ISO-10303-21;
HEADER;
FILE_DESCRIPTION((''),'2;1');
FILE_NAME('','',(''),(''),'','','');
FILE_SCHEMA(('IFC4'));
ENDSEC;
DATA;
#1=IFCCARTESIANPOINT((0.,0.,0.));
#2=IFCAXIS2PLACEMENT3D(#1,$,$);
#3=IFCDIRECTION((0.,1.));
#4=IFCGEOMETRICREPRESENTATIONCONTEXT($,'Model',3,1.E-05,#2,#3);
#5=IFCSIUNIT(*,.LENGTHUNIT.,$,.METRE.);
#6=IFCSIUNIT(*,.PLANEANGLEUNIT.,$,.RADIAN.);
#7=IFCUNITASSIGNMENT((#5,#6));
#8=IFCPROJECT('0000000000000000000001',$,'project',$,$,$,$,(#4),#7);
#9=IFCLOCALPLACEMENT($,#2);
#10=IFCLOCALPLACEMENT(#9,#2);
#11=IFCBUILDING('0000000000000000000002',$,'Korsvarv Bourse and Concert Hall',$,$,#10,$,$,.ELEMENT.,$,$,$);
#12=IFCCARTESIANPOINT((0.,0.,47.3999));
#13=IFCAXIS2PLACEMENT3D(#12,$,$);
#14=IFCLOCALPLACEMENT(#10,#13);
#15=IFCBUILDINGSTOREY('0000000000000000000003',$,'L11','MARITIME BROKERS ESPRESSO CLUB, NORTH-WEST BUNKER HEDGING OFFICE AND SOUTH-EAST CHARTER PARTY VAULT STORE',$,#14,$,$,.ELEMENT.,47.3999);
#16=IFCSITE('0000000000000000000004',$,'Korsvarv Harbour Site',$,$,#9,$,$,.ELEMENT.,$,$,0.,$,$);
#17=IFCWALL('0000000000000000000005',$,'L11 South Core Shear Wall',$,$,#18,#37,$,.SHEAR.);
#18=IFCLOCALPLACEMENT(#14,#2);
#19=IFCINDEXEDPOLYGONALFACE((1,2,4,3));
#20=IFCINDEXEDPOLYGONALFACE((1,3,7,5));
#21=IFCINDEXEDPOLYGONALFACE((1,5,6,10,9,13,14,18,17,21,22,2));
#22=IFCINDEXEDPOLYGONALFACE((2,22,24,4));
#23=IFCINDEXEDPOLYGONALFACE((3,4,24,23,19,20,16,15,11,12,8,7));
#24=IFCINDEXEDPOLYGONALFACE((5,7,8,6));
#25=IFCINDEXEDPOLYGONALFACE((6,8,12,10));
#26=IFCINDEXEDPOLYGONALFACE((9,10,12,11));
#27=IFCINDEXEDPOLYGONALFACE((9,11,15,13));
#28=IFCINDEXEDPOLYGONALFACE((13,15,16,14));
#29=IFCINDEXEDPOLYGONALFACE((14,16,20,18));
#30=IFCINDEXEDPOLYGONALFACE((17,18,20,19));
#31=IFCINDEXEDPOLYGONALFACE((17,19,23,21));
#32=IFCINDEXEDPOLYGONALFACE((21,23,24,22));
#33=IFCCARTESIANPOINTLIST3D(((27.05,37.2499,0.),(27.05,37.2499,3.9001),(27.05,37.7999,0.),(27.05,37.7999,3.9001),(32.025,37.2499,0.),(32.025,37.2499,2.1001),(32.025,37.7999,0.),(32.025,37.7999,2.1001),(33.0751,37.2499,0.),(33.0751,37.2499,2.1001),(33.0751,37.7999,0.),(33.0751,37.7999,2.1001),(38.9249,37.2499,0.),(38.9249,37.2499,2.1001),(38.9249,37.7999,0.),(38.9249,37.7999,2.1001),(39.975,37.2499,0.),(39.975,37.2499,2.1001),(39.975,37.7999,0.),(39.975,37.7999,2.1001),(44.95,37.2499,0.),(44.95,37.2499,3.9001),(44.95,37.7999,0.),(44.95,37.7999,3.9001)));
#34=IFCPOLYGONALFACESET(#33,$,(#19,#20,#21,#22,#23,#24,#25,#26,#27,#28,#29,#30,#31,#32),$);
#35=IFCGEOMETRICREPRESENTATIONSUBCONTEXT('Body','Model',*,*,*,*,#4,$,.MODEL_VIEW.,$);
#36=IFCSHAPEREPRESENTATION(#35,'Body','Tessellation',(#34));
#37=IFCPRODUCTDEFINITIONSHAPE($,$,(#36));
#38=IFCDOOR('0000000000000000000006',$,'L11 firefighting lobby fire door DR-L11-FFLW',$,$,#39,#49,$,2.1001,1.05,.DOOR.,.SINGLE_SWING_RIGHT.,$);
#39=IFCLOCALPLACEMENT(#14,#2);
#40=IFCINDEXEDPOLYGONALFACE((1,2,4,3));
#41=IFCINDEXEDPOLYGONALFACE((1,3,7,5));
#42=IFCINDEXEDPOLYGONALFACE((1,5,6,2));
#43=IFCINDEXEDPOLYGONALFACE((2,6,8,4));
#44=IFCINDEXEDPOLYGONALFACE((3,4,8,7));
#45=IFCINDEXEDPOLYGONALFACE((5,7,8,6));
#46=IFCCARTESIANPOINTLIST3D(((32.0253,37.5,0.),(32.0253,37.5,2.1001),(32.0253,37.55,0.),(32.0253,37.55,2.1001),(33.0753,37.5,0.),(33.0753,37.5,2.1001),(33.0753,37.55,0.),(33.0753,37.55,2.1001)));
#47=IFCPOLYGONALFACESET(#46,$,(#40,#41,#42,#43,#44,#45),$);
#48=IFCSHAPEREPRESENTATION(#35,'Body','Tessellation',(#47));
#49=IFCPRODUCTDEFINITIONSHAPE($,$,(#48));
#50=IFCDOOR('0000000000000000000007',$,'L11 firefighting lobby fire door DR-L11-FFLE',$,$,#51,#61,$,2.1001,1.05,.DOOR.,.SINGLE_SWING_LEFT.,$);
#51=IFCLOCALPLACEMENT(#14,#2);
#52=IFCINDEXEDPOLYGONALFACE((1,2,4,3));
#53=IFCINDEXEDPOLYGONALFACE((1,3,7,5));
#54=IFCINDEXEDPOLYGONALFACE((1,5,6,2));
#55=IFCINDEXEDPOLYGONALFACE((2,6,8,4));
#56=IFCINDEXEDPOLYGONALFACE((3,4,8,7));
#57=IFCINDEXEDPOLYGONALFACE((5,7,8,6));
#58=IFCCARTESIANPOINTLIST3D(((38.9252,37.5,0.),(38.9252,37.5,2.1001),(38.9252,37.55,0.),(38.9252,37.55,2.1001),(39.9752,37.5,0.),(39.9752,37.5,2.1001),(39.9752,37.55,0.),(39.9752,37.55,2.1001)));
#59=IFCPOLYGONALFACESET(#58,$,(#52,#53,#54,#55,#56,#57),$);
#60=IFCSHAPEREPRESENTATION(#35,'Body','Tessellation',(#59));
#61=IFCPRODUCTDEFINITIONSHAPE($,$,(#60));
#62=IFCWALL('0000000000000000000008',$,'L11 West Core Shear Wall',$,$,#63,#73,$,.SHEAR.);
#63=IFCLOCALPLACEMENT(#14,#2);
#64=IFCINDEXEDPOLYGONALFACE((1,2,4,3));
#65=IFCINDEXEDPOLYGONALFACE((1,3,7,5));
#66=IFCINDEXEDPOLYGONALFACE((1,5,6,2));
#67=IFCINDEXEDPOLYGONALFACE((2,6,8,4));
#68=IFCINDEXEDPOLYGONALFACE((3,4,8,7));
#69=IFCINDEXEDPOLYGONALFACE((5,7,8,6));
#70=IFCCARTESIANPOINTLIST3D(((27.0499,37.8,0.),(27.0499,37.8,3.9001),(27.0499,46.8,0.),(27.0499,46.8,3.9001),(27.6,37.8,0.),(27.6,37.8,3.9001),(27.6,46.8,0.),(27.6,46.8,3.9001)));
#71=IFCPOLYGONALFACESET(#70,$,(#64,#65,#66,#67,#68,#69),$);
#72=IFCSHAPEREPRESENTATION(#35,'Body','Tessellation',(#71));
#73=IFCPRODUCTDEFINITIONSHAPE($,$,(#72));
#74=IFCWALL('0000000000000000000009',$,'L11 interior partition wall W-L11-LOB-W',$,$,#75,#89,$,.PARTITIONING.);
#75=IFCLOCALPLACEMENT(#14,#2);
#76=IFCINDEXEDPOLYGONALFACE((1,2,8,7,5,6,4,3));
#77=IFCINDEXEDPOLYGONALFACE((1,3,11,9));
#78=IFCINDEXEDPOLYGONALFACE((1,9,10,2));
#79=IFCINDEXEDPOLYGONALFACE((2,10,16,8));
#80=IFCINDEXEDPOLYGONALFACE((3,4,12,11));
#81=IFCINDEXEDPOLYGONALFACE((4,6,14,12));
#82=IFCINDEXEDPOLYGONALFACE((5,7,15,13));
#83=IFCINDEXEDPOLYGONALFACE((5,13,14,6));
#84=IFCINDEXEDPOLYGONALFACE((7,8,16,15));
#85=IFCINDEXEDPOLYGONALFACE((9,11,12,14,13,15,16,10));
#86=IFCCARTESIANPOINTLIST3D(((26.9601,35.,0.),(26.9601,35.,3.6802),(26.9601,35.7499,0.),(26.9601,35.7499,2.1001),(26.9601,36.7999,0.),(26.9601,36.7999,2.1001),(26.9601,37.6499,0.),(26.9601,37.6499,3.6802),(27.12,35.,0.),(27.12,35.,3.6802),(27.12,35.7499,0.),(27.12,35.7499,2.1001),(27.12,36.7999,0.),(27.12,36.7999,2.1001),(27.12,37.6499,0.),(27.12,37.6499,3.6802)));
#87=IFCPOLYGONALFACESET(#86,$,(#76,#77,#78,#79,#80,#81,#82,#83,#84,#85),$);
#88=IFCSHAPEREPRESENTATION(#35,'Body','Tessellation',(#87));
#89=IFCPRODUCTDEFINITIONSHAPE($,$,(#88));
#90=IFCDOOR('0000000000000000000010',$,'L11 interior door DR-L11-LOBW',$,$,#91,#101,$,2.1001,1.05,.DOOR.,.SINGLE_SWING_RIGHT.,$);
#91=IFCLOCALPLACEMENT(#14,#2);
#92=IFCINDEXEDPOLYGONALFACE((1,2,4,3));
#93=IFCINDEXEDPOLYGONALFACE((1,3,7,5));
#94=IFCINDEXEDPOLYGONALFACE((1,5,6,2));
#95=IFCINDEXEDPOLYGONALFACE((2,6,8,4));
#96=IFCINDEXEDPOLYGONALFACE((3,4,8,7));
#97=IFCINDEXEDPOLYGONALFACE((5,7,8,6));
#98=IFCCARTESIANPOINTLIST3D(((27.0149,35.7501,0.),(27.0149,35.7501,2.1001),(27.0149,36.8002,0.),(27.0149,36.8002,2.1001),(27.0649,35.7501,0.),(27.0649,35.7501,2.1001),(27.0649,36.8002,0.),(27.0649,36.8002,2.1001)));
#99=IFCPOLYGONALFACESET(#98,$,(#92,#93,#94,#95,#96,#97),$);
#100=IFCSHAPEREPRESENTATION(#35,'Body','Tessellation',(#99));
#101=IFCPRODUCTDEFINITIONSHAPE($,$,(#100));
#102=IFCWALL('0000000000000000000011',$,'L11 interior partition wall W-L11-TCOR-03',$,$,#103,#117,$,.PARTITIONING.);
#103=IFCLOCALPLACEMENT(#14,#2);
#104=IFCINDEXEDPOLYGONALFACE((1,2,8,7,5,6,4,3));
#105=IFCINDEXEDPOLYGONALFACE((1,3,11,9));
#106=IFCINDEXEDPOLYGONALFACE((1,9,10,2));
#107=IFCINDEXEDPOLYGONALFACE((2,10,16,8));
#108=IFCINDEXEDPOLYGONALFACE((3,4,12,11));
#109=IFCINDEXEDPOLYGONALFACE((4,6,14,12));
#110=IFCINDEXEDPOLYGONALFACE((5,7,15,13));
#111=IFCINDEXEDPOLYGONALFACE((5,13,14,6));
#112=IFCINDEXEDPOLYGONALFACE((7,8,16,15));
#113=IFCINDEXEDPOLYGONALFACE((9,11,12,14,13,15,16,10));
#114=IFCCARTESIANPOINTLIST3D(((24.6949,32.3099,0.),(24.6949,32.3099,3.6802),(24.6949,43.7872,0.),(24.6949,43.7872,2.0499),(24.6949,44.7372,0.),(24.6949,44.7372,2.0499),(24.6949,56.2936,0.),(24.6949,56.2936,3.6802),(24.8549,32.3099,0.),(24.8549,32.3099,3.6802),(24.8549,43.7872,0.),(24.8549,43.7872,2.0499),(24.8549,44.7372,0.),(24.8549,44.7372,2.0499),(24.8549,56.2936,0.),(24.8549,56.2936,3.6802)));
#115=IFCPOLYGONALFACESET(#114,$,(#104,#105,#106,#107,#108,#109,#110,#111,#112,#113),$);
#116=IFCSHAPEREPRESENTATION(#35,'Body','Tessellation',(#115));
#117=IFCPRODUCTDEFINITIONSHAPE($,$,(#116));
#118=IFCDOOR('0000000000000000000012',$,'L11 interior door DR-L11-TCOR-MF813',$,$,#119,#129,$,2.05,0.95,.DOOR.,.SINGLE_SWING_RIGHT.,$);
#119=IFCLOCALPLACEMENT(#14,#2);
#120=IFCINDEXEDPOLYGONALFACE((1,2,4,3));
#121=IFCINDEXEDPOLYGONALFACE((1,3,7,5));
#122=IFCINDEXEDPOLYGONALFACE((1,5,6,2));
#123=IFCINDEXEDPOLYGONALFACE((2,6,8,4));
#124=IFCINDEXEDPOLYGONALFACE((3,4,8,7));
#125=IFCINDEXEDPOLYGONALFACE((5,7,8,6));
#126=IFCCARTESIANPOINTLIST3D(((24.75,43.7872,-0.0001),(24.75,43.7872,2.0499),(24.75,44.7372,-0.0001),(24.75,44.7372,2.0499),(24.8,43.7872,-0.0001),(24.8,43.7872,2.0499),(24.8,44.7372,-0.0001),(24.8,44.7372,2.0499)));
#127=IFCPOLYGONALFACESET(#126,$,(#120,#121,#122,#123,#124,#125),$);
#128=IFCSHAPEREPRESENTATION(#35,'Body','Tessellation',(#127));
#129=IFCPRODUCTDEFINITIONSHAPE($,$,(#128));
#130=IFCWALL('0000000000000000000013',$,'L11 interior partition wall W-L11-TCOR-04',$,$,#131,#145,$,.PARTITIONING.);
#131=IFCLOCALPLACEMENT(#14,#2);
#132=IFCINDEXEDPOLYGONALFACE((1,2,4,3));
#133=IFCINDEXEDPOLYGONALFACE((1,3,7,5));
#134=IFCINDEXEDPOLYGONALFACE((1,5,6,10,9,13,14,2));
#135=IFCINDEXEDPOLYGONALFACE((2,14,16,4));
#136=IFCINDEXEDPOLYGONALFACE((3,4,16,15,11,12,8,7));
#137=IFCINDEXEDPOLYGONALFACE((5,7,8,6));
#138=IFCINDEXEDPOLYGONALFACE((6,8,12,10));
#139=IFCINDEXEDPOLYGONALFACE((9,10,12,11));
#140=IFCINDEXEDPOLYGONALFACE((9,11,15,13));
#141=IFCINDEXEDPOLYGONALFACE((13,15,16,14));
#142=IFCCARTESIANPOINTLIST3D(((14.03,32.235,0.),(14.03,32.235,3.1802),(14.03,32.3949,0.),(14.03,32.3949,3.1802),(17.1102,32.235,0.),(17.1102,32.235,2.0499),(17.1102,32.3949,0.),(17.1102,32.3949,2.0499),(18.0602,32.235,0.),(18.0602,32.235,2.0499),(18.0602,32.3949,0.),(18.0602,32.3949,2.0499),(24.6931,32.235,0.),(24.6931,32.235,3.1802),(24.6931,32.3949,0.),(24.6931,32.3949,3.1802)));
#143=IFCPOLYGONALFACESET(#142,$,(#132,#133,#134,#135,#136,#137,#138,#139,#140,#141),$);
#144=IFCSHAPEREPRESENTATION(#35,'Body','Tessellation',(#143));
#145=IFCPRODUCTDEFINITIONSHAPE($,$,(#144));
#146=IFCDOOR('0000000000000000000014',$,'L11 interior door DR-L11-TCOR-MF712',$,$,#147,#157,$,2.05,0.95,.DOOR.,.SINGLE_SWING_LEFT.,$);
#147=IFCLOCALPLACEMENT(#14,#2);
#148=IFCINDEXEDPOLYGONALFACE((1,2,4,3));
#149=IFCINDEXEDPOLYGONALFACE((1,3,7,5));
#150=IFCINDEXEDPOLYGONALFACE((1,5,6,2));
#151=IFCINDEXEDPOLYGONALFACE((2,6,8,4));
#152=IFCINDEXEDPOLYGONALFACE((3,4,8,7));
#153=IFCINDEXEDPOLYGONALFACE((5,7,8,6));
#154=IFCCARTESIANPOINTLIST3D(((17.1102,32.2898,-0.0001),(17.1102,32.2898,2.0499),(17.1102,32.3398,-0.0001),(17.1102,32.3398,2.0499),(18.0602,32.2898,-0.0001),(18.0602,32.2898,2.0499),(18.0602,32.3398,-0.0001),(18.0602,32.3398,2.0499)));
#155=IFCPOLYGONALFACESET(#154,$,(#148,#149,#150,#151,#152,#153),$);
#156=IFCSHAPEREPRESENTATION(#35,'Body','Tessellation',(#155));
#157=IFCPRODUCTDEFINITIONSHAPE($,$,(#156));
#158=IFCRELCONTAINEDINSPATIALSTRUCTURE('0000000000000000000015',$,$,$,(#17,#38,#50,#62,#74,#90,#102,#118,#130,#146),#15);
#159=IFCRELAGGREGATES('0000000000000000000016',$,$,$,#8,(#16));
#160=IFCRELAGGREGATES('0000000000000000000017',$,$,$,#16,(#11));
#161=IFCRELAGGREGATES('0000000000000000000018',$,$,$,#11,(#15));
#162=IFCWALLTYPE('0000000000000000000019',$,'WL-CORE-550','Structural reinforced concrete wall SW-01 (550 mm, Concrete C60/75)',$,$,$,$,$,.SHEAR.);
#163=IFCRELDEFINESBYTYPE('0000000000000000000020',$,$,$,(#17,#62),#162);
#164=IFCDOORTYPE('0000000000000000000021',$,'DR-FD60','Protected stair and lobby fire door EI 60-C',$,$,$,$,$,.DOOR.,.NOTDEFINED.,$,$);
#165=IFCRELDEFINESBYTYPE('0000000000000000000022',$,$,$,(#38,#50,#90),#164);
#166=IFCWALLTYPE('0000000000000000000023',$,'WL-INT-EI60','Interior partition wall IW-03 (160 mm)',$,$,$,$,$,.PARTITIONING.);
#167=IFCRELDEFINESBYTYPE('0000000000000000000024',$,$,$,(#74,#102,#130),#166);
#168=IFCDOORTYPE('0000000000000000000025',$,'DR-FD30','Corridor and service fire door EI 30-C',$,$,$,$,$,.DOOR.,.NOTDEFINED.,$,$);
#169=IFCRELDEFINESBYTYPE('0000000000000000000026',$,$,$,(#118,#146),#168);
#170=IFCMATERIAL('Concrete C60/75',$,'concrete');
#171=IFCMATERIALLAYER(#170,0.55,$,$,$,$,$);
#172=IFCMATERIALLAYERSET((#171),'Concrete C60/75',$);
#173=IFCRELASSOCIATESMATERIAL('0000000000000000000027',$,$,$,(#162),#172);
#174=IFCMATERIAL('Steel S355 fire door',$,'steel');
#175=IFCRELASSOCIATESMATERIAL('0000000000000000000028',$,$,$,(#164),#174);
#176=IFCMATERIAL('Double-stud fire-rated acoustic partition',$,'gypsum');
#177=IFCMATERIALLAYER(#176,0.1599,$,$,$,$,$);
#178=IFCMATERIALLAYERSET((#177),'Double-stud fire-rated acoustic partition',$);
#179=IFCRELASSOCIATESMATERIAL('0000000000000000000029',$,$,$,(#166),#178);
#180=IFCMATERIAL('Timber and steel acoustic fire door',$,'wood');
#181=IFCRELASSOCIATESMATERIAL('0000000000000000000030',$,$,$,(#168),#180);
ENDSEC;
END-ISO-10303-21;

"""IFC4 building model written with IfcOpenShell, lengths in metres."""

from ifc_helpers import new_model, si_unit, direction, frame, frame_2d, origin, place, context, subcontext, project, spatial, rectangle, extrude, material, layer, layer_set, type_object, element, fill, save


model = new_model("IFC4")

# Units and contexts
model_context = context("Model", 3, precision=1e-05, world=origin(), true_north=direction((0.0, 1.0)))
body_context = subcontext(model_context, "Body", "Model", "MODEL_VIEW")
ifc_project = project(units=[si_unit("LENGTHUNIT", "METRE"), si_unit("PLANEANGLEUNIT", "RADIAN")], contexts=[model_context])

# Site, building, storey
site_placement = place(None, origin())
site = spatial("IfcSite", under=ifc_project, at=site_placement, Name="Korsvarv Harbour Site", CompositionType="ELEMENT", RefElevation=0.0)
building_placement = place(site_placement, origin())
building = spatial("IfcBuilding", under=site, at=building_placement, Name="Korsvarv Bourse and Concert Hall", CompositionType="ELEMENT")
storey_placement = place(building_placement, frame((0.0, 0.0, 47.3999)))
storey = spatial("IfcBuildingStorey", under=building, at=storey_placement, Name="L11", Description="MARITIME BROKERS ESPRESSO CLUB, NORTH-WEST BUNKER HEDGING OFFICE AND SOUTH-EAST CHARTER PARTY VAULT STORE", CompositionType="ELEMENT", Elevation=47.3999)

# Shared definitions
ifc_material_1 = material(Name="Concrete C60/75", Category="concrete")

# Wall, openings, doors
ifc_layer_1 = layer(ifc_material_1, 0.55)
ifc_layer_set_1 = layer_set([ifc_layer_1], Name="Concrete C60/75")
wall_type_1 = type_object("IfcWallType", Name="WL-CORE-550", Description="Structural reinforced concrete wall SW-01 (550 mm, Concrete C60/75)", PredefinedType="SHEAR", material=ifc_layer_set_1)
wall_1_placement = place(storey_placement, frame((27.05, 37.5249, 0.0), z_axis=(0.0, 0.0, 1.0), x_axis=(1.0, 0.0, 0.0)))
wall_1 = element("IfcWall", 1, at=wall_1_placement, inside=storey, type_object=wall_type_1, Name="L11 South Core Shear Wall", PredefinedType="SHEAR", context=body_context, shape_type="SweptSolid", body=[
    extrude(rectangle(XDim=17.8999, YDim=0.55, at=frame_2d((8.95, 0.0))), origin(), (0.0, 0.0, 1.0), 3.9001),
])
opening_1_placement = place(wall_1_placement, frame((4.9751, 0.0, 0.0)))
opening_1 = element("IfcOpeningElement", 2, at=opening_1_placement, cuts=wall_1, PredefinedType="OPENING", context=body_context, shape_type="SweptSolid", body=[
    extrude(rectangle(XDim=1.05, YDim=2.1001, at=frame_2d((0.5249, 1.05))), frame((0.0, 0.2852, 0.0), z_axis=(0.0, -1.0, 0.0), x_axis=(1.0, 0.0, 0.0)), (0.0, 0.0, 1.0), 0.5701),
])
opening_2_placement = place(wall_1_placement, frame((11.875, 0.0, 0.0)))
opening_2 = element("IfcOpeningElement", 3, at=opening_2_placement, cuts=wall_1, PredefinedType="OPENING", context=body_context, shape_type="SweptSolid", body=[
    extrude(rectangle(XDim=1.05, YDim=2.1001, at=frame_2d((0.5249, 1.05))), frame((0.0, 0.2852, 0.0), z_axis=(0.0, -1.0, 0.0), x_axis=(1.0, 0.0, 0.0)), (0.0, 0.0, 1.0), 0.5701),
])
ifc_material_2 = material(Name="Steel S355 fire door", Category="steel")
door_type_1 = type_object("IfcDoorType", Name="DR-FD60", Description="Protected stair and lobby fire door EI 60-C", OperationType="NOTDEFINED", PredefinedType="DOOR", material=ifc_material_2)
door_1_placement = place(opening_1_placement, frame((1.05, 0.0, 0.0), z_axis=(0.0, 0.0, 1.0), x_axis=(-1.0, 0.0, 0.0)))
door_1 = element("IfcDoor", 4, at=door_1_placement, inside=storey, type_object=door_type_1, Name="L11 firefighting lobby fire door DR-L11-FFLW", OperationType="SINGLE_SWING_RIGHT", OverallHeight=2.1001, OverallWidth=1.05, PredefinedType="DOOR", context=body_context, shape_type="SweptSolid", body=[
    extrude(rectangle(XDim=1.05, YDim=2.1001, at=frame_2d((0.5249, 1.05))), frame((0.0, 0.0249, 0.0), z_axis=(0.0, -1.0, 0.0), x_axis=(1.0, 0.0, 0.0)), (0.0, 0.0, 1.0), 0.05),
])
fill(opening_1, door_1)
door_2_placement = place(opening_2_placement, frame((1.05, 0.0, 0.0), z_axis=(0.0, 0.0, 1.0), x_axis=(-1.0, 0.0, 0.0)))
door_2 = element("IfcDoor", 5, at=door_2_placement, inside=storey, type_object=door_type_1, Name="L11 firefighting lobby fire door DR-L11-FFLE", OperationType="SINGLE_SWING_LEFT", OverallHeight=2.1001, OverallWidth=1.05, PredefinedType="DOOR", context=body_context, shape_type="SweptSolid", body=[
    extrude(rectangle(XDim=1.05, YDim=2.1001, at=frame_2d((0.5249, 1.05))), frame((0.0, 0.0249, 0.0), z_axis=(0.0, -1.0, 0.0), x_axis=(1.0, 0.0, 0.0)), (0.0, 0.0, 1.0), 0.05),
])
fill(opening_2, door_2)

# Wall
wall_2_placement = place(storey_placement, frame((27.325, 37.8, 0.0), z_axis=(0.0, 0.0, 1.0), x_axis=(0.0, 1.0, 0.0)))
element("IfcWall", 6, at=wall_2_placement, inside=storey, type_object=wall_type_1, Name="L11 West Core Shear Wall", PredefinedType="SHEAR", context=body_context, shape_type="SweptSolid", body=[
    extrude(rectangle(XDim=9.0, YDim=0.55, at=frame_2d((4.5, 0.0))), origin(), (0.0, 0.0, 1.0), 3.9001),
])

# Walls, openings, doors
ifc_material_3 = material(Name="Double-stud fire-rated acoustic partition", Category="gypsum")
ifc_layer_2 = layer(ifc_material_3, 0.1599)
ifc_layer_set_2 = layer_set([ifc_layer_2], Name="Double-stud fire-rated acoustic partition")
wall_type_2 = type_object("IfcWallType", Name="WL-INT-EI60", Description="Interior partition wall IW-03 (160 mm)", PredefinedType="PARTITIONING", material=ifc_layer_set_2)
wall_3_placement = place(storey_placement, frame((27.04, 35.0, 0.0), z_axis=(0.0, 0.0, 1.0), x_axis=(0.0, 1.0, 0.0)))
wall_3 = element("IfcWall", 7, at=wall_3_placement, inside=storey, type_object=wall_type_2, Name="L11 interior partition wall W-L11-LOB-W", PredefinedType="PARTITIONING", context=body_context, shape_type="SweptSolid", body=[
    extrude(rectangle(XDim=2.6499, YDim=0.1599, at=frame_2d((1.325, 0.0))), origin(), (0.0, 0.0, 1.0), 3.6802),
])
opening_3_placement = place(wall_3_placement, frame((0.75, 0.0, 0.0)))
opening_3 = element("IfcOpeningElement", 8, at=opening_3_placement, cuts=wall_3, PredefinedType="OPENING", context=body_context, shape_type="SweptSolid", body=[
    extrude(rectangle(XDim=1.05, YDim=2.1001, at=frame_2d((0.5249, 1.05))), frame((0.0, 0.0898, 0.0), z_axis=(0.0, -1.0, 0.0), x_axis=(1.0, 0.0, 0.0)), (0.0, 0.0, 1.0), 0.1799),
])
door_3_placement = place(opening_3_placement, frame((1.05, 0.0, 0.0), z_axis=(0.0, 0.0, 1.0), x_axis=(-1.0, 0.0, 0.0)))
door_3 = element("IfcDoor", 9, at=door_3_placement, inside=storey, type_object=door_type_1, Name="L11 interior door DR-L11-LOBW", OperationType="SINGLE_SWING_RIGHT", OverallHeight=2.1001, OverallWidth=1.05, PredefinedType="DOOR", context=body_context, shape_type="SweptSolid", body=[
    extrude(rectangle(XDim=1.05, YDim=2.1001, at=frame_2d((0.5249, 1.05))), frame((0.0, 0.0249, 0.0), z_axis=(0.0, -1.0, 0.0), x_axis=(1.0, 0.0, 0.0)), (0.0, 0.0, 1.0), 0.05),
])
fill(opening_3, door_3)
wall_4_placement = place(storey_placement, frame((24.7749, 32.3101, 0.0), z_axis=(0.0, 0.0, 1.0), x_axis=(0.0, 1.0, 0.0)))
wall_4 = element("IfcWall", 10, at=wall_4_placement, inside=storey, type_object=wall_type_2, Name="L11 interior partition wall W-L11-TCOR-03", PredefinedType="PARTITIONING", context=body_context, shape_type="SweptSolid", body=[
    extrude(rectangle(XDim=23.9836, YDim=0.1599, at=frame_2d((11.9917, 0.0))), origin(), (0.0, 0.0, 1.0), 3.6802),
])
opening_4_placement = place(wall_4_placement, frame((11.4771, 0.0, 0.0)))
opening_4 = element("IfcOpeningElement", 11, at=opening_4_placement, cuts=wall_4, PredefinedType="OPENING", context=body_context, shape_type="SweptSolid", body=[
    extrude(rectangle(XDim=0.95, YDim=2.05, at=frame_2d((0.4751, 1.0249))), frame((0.0, 0.0898, 0.0), z_axis=(0.0, -1.0, 0.0), x_axis=(1.0, 0.0, 0.0)), (0.0, 0.0, 1.0), 0.1799),
])
ifc_material_4 = material(Name="Timber and steel acoustic fire door", Category="wood")
door_type_2 = type_object("IfcDoorType", Name="DR-FD30", Description="Corridor and service fire door EI 30-C", OperationType="NOTDEFINED", PredefinedType="DOOR", material=ifc_material_4)
door_4_placement = place(opening_4_placement, origin())
door_4 = element("IfcDoor", 12, at=door_4_placement, inside=storey, type_object=door_type_2, Name="L11 interior door DR-L11-TCOR-MF813", OperationType="SINGLE_SWING_RIGHT", OverallHeight=2.05, OverallWidth=0.95, PredefinedType="DOOR", context=body_context, shape_type="SweptSolid", body=[
    extrude(rectangle(XDim=0.95, YDim=2.05, at=frame_2d((0.4751, 1.0249))), frame((0.0, 0.0249, 0.0), z_axis=(0.0, -1.0, 0.0), x_axis=(1.0, 0.0, 0.0)), (0.0, 0.0, 1.0), 0.05),
])
fill(opening_4, door_4)
wall_5_placement = place(storey_placement, frame((14.03, 32.3149, 0.0), z_axis=(0.0, 0.0, 1.0), x_axis=(1.0, 0.0, 0.0)))
wall_5 = element("IfcWall", 13, at=wall_5_placement, inside=storey, type_object=wall_type_2, Name="L11 interior partition wall W-L11-TCOR-04", PredefinedType="PARTITIONING", context=body_context, shape_type="SweptSolid", body=[
    extrude(rectangle(XDim=10.6631, YDim=0.1599, at=frame_2d((5.3315, 0.0))), origin(), (0.0, 0.0, 1.0), 3.1802),
])
opening_5_placement = place(wall_5_placement, frame((3.0801, 0.0, 0.0)))
opening_5 = element("IfcOpeningElement", 14, at=opening_5_placement, cuts=wall_5, PredefinedType="OPENING", context=body_context, shape_type="SweptSolid", body=[
    extrude(rectangle(XDim=0.95, YDim=2.05, at=frame_2d((0.4751, 1.0249))), frame((0.0, 0.0898, 0.0), z_axis=(0.0, -1.0, 0.0), x_axis=(1.0, 0.0, 0.0)), (0.0, 0.0, 1.0), 0.1799),
])
door_5_placement = place(opening_5_placement, origin())
door_5 = element("IfcDoor", 15, at=door_5_placement, inside=storey, type_object=door_type_2, Name="L11 interior door DR-L11-TCOR-MF712", OperationType="SINGLE_SWING_LEFT", OverallHeight=2.05, OverallWidth=0.95, PredefinedType="DOOR", context=body_context, shape_type="SweptSolid", body=[
    extrude(rectangle(XDim=0.95, YDim=2.05, at=frame_2d((0.4751, 1.0249))), frame((0.0, 0.0249, 0.0), z_axis=(0.0, -1.0, 0.0), x_axis=(1.0, 0.0, 0.0)), (0.0, 0.0, 1.0), 0.05),
])
fill(opening_5, door_5)

save(model, "model.ifc")
